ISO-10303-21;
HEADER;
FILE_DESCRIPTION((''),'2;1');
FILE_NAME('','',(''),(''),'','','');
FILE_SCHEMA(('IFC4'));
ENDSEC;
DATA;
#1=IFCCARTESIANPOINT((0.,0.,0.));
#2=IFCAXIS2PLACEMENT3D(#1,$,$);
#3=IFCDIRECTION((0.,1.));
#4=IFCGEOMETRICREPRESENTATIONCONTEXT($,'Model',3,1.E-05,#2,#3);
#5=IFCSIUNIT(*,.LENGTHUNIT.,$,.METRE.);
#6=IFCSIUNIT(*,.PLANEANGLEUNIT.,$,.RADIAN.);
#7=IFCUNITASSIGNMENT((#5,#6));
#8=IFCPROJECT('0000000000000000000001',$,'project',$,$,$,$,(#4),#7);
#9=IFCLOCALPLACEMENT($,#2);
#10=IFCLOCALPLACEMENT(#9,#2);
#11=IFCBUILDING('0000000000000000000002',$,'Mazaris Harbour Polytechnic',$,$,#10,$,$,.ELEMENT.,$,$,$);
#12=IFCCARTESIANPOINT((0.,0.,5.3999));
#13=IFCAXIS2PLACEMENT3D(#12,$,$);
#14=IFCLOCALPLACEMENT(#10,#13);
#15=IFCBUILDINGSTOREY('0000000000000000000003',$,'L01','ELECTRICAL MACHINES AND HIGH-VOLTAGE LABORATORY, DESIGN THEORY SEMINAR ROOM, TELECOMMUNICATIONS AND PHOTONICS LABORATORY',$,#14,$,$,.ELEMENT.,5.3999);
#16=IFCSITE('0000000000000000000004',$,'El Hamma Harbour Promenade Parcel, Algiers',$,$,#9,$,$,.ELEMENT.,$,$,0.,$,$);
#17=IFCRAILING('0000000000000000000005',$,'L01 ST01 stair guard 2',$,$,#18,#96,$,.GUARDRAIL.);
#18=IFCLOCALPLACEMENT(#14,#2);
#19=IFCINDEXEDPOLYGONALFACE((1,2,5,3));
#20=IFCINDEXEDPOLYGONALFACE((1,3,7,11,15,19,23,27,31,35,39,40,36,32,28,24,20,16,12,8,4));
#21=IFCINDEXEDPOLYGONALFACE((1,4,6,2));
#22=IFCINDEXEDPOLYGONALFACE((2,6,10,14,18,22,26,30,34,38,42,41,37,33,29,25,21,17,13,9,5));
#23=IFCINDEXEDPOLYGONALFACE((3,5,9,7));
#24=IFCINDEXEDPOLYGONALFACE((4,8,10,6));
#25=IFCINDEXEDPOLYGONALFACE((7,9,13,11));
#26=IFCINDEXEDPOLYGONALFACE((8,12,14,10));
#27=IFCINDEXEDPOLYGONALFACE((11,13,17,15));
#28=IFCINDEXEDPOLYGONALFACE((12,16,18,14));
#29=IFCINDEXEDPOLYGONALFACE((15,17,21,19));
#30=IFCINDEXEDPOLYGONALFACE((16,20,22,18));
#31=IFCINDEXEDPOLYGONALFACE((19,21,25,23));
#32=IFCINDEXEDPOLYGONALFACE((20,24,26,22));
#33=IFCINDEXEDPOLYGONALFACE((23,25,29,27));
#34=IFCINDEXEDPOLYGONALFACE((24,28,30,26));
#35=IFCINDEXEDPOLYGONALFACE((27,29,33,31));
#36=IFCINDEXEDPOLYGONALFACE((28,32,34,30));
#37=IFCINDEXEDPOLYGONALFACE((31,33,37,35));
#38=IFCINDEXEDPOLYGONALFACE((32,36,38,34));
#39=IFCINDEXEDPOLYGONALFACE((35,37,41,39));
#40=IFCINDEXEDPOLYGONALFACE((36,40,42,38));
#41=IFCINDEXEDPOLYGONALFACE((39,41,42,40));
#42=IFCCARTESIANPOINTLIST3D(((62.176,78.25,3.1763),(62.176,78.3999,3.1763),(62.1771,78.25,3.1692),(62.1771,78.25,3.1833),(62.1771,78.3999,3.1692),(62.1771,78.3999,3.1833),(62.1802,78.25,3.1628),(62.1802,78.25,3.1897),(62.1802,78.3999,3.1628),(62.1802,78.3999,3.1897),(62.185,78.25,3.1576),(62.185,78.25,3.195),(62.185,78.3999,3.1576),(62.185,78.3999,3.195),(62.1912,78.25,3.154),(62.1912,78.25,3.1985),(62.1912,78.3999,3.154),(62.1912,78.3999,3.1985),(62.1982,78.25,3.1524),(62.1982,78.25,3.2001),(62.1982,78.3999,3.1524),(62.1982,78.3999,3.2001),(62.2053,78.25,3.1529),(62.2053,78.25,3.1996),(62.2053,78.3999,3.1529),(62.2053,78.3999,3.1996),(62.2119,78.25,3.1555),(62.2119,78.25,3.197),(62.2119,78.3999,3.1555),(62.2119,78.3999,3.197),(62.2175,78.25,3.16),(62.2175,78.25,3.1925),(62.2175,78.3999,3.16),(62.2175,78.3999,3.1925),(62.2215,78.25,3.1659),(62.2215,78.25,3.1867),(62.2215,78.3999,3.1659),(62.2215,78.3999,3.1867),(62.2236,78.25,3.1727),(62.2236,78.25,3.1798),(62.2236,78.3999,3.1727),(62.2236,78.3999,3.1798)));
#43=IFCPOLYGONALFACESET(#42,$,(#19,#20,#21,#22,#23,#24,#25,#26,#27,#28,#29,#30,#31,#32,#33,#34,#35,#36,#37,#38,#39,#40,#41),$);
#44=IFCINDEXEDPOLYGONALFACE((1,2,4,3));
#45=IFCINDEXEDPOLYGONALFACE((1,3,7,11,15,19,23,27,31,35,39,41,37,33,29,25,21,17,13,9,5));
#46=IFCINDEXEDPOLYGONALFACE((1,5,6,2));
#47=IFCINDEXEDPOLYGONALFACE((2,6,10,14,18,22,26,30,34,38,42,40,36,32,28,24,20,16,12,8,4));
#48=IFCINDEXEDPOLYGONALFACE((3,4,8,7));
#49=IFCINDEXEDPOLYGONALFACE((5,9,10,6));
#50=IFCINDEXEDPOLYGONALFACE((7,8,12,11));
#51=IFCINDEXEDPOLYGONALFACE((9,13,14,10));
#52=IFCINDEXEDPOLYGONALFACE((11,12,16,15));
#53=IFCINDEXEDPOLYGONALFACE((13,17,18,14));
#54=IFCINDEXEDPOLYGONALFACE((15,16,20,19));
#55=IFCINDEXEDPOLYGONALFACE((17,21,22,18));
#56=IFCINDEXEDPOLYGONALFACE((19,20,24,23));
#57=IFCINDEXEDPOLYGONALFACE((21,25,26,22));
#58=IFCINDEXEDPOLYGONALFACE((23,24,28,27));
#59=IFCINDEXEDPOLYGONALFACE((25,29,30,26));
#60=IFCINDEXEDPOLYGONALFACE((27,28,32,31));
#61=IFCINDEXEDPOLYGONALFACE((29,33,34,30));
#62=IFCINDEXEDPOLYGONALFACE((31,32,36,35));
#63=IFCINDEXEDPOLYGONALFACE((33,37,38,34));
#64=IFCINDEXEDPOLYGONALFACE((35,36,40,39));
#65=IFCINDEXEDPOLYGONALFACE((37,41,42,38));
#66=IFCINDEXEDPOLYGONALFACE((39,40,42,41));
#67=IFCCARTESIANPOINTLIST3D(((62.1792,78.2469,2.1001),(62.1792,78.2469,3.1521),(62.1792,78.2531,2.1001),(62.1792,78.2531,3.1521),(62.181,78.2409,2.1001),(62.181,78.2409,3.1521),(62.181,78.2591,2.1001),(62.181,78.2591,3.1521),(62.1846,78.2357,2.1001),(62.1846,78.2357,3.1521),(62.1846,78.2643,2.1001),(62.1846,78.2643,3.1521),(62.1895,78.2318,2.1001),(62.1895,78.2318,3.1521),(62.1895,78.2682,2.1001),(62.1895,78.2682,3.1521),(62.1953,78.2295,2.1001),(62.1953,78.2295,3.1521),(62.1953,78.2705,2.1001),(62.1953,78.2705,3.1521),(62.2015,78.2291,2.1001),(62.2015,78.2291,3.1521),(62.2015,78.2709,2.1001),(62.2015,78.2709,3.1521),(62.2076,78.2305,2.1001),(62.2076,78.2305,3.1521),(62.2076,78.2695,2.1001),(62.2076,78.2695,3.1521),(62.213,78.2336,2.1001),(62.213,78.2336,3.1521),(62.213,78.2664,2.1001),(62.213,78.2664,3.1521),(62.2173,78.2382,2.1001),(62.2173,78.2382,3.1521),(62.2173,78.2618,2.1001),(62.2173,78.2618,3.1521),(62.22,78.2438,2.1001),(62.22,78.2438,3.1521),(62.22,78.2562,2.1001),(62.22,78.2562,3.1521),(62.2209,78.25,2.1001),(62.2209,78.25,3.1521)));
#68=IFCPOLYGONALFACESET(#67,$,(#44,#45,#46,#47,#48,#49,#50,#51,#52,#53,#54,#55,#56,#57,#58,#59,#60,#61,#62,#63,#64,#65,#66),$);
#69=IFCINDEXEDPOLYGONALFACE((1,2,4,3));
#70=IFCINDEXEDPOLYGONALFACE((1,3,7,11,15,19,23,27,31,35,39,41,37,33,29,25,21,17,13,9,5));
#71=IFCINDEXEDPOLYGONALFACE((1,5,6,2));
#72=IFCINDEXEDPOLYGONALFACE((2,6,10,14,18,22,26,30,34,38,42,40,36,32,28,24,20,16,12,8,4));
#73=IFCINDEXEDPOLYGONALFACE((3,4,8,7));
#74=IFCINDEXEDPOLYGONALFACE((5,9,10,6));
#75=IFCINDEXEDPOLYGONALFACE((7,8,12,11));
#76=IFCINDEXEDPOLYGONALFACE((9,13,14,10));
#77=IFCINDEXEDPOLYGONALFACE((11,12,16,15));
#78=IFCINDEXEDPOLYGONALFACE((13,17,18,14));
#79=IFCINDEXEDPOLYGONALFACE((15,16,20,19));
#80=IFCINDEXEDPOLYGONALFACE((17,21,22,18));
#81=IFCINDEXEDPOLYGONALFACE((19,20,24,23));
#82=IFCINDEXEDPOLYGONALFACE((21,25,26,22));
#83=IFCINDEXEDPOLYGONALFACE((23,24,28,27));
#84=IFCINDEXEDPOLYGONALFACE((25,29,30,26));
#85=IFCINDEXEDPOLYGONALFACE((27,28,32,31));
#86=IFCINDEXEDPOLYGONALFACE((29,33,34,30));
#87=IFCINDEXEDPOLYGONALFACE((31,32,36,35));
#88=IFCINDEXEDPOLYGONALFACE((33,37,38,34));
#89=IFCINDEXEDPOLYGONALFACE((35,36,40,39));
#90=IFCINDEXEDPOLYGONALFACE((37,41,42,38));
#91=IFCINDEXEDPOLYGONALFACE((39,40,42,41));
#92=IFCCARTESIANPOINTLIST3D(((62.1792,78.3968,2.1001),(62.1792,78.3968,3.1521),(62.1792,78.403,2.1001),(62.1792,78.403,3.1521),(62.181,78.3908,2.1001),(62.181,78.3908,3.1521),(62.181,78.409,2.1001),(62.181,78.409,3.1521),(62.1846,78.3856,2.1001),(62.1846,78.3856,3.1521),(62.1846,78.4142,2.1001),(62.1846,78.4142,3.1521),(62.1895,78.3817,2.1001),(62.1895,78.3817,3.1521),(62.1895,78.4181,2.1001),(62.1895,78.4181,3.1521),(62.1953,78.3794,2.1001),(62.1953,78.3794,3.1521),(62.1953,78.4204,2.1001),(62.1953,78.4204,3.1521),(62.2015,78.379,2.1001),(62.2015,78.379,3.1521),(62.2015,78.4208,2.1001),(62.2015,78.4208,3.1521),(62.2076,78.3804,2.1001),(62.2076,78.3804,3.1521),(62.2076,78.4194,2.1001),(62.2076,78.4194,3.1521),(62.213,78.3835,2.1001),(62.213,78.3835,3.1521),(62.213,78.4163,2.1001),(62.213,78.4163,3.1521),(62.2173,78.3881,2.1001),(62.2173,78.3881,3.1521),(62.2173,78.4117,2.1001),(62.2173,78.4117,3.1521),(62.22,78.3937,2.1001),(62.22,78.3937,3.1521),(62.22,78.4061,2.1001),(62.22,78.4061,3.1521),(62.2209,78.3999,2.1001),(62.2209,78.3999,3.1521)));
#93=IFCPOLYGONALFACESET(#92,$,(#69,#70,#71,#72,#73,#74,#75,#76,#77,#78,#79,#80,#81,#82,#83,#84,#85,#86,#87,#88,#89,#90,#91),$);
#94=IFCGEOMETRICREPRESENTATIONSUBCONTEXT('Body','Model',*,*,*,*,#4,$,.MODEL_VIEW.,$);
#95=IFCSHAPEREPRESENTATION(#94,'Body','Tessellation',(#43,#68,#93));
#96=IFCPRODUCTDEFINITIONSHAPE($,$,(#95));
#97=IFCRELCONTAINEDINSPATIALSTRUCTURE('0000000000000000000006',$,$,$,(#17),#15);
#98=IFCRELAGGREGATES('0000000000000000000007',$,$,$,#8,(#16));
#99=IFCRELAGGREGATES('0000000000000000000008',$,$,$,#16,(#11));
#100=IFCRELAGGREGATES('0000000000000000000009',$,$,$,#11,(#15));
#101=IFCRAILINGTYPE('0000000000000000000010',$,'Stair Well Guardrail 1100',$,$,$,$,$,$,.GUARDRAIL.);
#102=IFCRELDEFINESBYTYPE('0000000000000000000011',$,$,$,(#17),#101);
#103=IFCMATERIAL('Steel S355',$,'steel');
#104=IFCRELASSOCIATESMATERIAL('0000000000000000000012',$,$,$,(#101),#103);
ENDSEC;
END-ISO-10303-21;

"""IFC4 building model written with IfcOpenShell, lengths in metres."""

from ifc_helpers import new_model, si_unit, direction, frame, origin, origin_2d, place, context, subcontext, project, spatial, circle, extrude, material, type_object, element, save


model = new_model("IFC4")

# Units and contexts
model_context = context("Model", 3, precision=1e-05, world=origin(), true_north=direction((0.0, 1.0)))
body_context = subcontext(model_context, "Body", "Model", "MODEL_VIEW")
ifc_project = project(units=[si_unit("LENGTHUNIT", "METRE"), si_unit("PLANEANGLEUNIT", "RADIAN")], contexts=[model_context])

# Site, building, storey
site_placement = place(None, origin())
site = spatial("IfcSite", under=ifc_project, at=site_placement, Name="El Hamma Harbour Promenade Parcel, Algiers", CompositionType="ELEMENT", RefElevation=0.0)
building_placement = place(site_placement, origin())
building = spatial("IfcBuilding", under=site, at=building_placement, Name="Mazaris Harbour Polytechnic", CompositionType="ELEMENT")
storey_placement = place(building_placement, frame((0.0, 0.0, 5.3999)))
storey = spatial("IfcBuildingStorey", under=building, at=storey_placement, Name="L01", Description="ELECTRICAL MACHINES AND HIGH-VOLTAGE LABORATORY, DESIGN THEORY SEMINAR ROOM, TELECOMMUNICATIONS AND PHOTONICS LABORATORY", CompositionType="ELEMENT", Elevation=5.3999)

# Railing
ifc_material_1 = material(Name="Steel S355", Category="steel")
railing_type_1 = type_object("IfcRailingType", Name="Stair Well Guardrail 1100", PredefinedType="GUARDRAIL", material=ifc_material_1)
railing_1_placement = place(storey_placement, frame((62.2, 78.25, 2.1001)))
element("IfcRailing", 1, at=railing_1_placement, inside=storey, type_object=railing_type_1, Name="L01 ST01 stair guard 2", PredefinedType="GUARDRAIL", context=body_context, shape_type="SweptSolid", body=[
    extrude(circle(Radius=0.0239, at=origin_2d()), frame((0.0, 0.0, 1.0762), z_axis=(0.0, 1.0, 0.0), x_axis=(-1.0, 0.0, 0.0)), (0.0, 0.0, 1.0), 0.1499),
    extrude(circle(Radius=0.021, at=origin_2d()), origin(), (0.0, 0.0, 1.0), 1.052),
    extrude(circle(Radius=0.021, at=origin_2d()), frame((0.0, 0.1499, 0.0)), (0.0, 0.0, 1.0), 1.052),
])

save(model, "model.ifc")
